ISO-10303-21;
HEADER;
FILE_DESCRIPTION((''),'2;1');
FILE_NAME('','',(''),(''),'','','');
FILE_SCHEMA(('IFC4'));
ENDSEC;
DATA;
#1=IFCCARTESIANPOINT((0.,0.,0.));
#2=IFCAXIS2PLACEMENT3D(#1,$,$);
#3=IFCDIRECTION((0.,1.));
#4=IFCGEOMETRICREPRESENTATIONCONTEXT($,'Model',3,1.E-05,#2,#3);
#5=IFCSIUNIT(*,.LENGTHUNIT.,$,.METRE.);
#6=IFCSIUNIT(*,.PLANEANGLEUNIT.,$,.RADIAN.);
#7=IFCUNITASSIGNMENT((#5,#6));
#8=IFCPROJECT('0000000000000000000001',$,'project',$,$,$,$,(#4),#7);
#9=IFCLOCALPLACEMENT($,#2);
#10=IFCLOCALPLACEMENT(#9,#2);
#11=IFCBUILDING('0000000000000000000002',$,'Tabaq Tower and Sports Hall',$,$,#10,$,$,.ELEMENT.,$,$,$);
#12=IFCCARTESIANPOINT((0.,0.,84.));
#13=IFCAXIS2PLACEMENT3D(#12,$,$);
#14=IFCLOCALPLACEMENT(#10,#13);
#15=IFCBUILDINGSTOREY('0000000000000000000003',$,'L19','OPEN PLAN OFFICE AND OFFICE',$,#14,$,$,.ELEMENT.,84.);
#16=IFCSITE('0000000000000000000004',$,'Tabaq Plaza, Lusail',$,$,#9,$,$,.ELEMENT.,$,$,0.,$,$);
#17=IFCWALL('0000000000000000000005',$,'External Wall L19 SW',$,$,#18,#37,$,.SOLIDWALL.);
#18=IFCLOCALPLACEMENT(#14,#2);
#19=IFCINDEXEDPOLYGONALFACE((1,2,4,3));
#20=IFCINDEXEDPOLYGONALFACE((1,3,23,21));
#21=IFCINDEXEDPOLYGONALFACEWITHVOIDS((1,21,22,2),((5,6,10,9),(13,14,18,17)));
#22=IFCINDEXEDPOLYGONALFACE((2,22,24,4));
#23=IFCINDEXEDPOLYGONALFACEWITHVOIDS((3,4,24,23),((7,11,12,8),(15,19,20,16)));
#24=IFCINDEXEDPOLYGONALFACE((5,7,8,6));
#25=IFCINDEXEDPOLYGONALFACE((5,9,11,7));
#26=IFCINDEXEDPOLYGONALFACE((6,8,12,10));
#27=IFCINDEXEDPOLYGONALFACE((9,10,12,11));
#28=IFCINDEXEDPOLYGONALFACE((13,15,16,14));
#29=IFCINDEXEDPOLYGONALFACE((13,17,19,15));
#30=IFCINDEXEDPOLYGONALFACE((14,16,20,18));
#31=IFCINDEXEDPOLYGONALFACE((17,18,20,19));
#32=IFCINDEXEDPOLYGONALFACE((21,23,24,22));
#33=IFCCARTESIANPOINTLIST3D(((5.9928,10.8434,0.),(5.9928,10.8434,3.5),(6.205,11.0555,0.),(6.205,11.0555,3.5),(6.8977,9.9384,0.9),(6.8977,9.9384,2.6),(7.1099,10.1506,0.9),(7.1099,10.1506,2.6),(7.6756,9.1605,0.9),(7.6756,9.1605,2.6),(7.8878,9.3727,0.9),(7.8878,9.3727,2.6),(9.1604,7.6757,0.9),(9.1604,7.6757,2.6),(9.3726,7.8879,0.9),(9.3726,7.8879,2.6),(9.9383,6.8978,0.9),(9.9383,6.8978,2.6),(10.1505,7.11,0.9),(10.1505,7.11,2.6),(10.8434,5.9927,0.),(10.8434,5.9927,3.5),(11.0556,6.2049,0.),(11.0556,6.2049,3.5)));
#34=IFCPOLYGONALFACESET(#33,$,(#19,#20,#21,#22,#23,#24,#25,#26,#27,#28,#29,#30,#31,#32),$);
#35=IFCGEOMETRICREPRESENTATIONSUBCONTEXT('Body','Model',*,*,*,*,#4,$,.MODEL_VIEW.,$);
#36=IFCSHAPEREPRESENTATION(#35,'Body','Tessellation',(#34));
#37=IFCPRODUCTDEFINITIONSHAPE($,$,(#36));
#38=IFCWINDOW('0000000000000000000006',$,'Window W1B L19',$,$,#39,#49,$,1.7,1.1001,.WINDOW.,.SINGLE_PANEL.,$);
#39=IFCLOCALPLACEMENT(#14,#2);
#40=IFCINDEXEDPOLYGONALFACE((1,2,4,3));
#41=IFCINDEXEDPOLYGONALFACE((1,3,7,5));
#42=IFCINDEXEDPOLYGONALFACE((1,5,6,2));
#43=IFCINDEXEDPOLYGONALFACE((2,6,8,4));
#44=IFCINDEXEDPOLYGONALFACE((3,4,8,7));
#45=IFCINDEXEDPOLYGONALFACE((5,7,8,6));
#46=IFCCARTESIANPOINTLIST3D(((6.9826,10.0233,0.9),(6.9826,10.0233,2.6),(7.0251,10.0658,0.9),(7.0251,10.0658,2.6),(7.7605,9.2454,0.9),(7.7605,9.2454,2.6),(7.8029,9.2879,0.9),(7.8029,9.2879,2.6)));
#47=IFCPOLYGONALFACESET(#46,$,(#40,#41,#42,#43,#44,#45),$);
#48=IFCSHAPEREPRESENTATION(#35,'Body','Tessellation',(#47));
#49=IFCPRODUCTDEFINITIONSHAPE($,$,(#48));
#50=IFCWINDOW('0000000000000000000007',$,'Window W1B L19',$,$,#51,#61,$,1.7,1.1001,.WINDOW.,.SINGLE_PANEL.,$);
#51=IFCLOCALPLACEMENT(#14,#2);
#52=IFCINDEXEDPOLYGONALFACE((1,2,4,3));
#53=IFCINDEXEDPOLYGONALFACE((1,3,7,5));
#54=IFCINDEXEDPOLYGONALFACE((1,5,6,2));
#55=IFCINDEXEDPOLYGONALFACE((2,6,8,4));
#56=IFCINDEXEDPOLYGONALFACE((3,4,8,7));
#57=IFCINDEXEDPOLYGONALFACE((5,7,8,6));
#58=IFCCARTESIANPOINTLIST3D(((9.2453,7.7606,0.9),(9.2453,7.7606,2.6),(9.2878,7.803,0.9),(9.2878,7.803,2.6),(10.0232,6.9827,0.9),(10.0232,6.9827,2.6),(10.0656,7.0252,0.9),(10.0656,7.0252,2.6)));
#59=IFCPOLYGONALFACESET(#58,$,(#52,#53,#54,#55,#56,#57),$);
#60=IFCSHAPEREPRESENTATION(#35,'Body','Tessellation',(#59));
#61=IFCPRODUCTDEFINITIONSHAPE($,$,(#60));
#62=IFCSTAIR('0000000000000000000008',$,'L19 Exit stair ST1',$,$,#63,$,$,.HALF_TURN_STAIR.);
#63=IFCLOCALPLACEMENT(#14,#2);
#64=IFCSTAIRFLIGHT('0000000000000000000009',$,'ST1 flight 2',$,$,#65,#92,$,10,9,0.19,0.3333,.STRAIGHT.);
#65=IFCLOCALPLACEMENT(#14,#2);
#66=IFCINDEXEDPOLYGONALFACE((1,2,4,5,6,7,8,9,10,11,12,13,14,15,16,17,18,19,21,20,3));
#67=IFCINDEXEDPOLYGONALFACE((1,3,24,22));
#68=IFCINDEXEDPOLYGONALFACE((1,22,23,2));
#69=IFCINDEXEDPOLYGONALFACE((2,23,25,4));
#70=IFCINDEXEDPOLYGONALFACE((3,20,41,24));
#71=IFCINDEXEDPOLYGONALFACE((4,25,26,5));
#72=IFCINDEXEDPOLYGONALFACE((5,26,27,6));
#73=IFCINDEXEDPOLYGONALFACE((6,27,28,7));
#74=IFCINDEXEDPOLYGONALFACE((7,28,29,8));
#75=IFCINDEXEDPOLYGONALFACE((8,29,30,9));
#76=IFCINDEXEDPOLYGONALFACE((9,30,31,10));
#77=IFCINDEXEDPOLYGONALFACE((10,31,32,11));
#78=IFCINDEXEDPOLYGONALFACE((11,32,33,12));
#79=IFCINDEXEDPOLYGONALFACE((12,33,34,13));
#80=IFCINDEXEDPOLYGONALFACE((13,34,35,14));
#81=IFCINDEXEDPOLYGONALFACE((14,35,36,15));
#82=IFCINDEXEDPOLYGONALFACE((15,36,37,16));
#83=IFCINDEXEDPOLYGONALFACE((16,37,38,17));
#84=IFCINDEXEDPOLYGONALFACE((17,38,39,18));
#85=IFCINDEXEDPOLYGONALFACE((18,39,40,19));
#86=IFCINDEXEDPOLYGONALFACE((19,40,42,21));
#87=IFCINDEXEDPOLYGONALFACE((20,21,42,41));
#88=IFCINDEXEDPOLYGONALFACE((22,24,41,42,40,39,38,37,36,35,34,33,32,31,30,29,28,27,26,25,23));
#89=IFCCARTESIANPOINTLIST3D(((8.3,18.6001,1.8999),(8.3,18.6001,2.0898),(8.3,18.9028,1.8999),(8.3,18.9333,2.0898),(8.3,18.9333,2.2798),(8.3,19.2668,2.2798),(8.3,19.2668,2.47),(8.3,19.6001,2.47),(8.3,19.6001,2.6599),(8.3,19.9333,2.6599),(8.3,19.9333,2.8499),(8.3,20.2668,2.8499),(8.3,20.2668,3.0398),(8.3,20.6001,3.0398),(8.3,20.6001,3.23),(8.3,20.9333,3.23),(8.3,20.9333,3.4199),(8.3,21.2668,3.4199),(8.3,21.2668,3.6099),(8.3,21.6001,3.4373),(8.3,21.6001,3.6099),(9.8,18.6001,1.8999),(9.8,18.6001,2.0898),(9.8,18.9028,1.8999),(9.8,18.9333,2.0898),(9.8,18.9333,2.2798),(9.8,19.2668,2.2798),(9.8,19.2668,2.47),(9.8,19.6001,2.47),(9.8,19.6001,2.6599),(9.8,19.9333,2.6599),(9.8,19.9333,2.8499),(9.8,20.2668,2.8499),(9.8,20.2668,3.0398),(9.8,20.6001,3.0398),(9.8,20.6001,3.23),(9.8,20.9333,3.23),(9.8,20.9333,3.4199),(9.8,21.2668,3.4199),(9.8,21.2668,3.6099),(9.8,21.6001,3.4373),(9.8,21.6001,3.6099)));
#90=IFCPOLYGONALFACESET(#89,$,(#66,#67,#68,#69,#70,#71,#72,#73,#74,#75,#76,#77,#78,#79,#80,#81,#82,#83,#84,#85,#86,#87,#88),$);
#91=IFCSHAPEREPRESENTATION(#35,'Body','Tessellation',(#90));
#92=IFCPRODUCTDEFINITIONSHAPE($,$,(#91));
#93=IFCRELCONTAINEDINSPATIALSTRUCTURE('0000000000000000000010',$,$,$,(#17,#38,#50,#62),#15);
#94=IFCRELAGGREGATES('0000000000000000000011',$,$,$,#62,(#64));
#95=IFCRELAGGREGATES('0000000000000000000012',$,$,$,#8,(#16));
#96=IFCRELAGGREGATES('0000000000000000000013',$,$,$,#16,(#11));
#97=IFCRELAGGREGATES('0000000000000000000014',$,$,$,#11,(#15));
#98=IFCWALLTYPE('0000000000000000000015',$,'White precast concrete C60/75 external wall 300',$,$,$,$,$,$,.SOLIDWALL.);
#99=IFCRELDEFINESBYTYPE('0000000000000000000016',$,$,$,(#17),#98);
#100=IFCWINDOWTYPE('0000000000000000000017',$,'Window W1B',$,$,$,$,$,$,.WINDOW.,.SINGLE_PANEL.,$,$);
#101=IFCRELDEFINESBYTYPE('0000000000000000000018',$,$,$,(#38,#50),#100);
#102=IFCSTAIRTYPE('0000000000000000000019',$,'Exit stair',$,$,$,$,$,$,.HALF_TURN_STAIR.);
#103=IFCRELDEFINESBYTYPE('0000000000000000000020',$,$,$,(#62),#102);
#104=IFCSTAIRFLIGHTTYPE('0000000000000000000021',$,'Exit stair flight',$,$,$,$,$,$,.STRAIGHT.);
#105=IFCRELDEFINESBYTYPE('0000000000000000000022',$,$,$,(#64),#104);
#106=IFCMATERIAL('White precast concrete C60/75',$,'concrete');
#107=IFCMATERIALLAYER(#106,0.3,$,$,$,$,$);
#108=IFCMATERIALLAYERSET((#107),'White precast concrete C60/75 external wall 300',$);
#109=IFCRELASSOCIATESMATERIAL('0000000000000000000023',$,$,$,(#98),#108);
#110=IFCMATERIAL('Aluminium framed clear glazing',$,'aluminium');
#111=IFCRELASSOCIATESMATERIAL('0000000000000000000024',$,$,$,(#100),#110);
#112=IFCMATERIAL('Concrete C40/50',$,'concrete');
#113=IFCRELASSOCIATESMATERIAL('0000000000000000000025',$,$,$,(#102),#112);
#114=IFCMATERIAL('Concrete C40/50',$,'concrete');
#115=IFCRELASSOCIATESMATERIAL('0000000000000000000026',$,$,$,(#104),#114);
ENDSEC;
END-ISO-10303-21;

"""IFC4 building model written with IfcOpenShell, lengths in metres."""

from ifc_helpers import new_model, si_unit, direction, frame, frame_2d, origin, place, context, subcontext, project, spatial, polyline, rectangle, outline, extrude, material, layer, layer_set, type_object, element, fill, aggregate, save


model = new_model("IFC4")

# Units and contexts
model_context = context("Model", 3, precision=1e-05, world=origin(), true_north=direction((0.0, 1.0)))
body_context = subcontext(model_context, "Body", "Model", "MODEL_VIEW")
ifc_project = project(units=[si_unit("LENGTHUNIT", "METRE"), si_unit("PLANEANGLEUNIT", "RADIAN")], contexts=[model_context])

# Site, building, storey
site_placement = place(None, origin())
site = spatial("IfcSite", under=ifc_project, at=site_placement, Name="Tabaq Plaza, Lusail", CompositionType="ELEMENT", RefElevation=0.0)
building_placement = place(site_placement, origin())
building = spatial("IfcBuilding", under=site, at=building_placement, Name="Tabaq Tower and Sports Hall", CompositionType="ELEMENT")
storey_placement = place(building_placement, frame((0.0, 0.0, 84.0)))
storey = spatial("IfcBuildingStorey", under=building, at=storey_placement, Name="L19", Description="OPEN PLAN OFFICE AND OFFICE", CompositionType="ELEMENT", Elevation=84.0)

# Wall, openings, windows
ifc_material_1 = material(Name="White precast concrete C60/75", Category="concrete")
ifc_layer_1 = layer(ifc_material_1, 0.3)
ifc_layer_set_1 = layer_set([ifc_layer_1], Name="White precast concrete C60/75 external wall 300")
wall_type_1 = type_object("IfcWallType", Name="White precast concrete C60/75 external wall 300", PredefinedType="SOLIDWALL", material=ifc_layer_set_1)
ifc_material_2 = material(Name="Aluminium framed clear glazing", Category="aluminium")
window_type = type_object("IfcWindowType", Name="Window W1B", PartitioningType="SINGLE_PANEL", PredefinedType="WINDOW", material=ifc_material_2)
wall_1_placement = place(storey_placement, frame((6.0989, 10.9495, 0.0), z_axis=(0.0, 0.0, 1.0), x_axis=(0.707107, -0.707107, 0.0)))
wall_1 = element("IfcWall", 1, at=wall_1_placement, inside=storey, type_object=wall_type_1, Name="External Wall L19 SW", PredefinedType="SOLIDWALL", context=body_context, shape_type="SweptSolid", body=[
    extrude(rectangle(XDim=6.8599, YDim=0.3, at=frame_2d((3.4299, 0.0))), origin(), (0.0, 0.0, 1.0), 3.5),
])
opening_1_placement = place(wall_1_placement, frame((1.2798, 0.0, 0.8999)))
opening_1 = element("IfcOpeningElement", 2, at=opening_1_placement, cuts=wall_1, PredefinedType="OPENING", context=body_context, shape_type="SweptSolid", body=[
    extrude(rectangle(XDim=1.1001, YDim=1.7, at=frame_2d((0.55, 0.8501))), frame((0.0, 0.1602, 0.0), z_axis=(0.0, -1.0, 0.0), x_axis=(1.0, 0.0, 0.0)), (0.0, 0.0, 1.0), 0.3201),
])
opening_2_placement = place(wall_1_placement, frame((4.4797, 0.0, 0.8999)))
opening_2 = element("IfcOpeningElement", 3, at=opening_2_placement, cuts=wall_1, PredefinedType="OPENING", context=body_context, shape_type="SweptSolid", body=[
    extrude(rectangle(XDim=1.1001, YDim=1.7, at=frame_2d((0.55, 0.8501))), frame((0.0, 0.1602, 0.0), z_axis=(0.0, -1.0, 0.0), x_axis=(1.0, 0.0, 0.0)), (0.0, 0.0, 1.0), 0.3201),
])
window_1_placement = place(opening_1_placement, origin())
window_1 = element("IfcWindow", 4, at=window_1_placement, inside=storey, type_object=window_type, Name="Window W1B L19", OverallHeight=1.7, OverallWidth=1.1001, PartitioningType="SINGLE_PANEL", PredefinedType="WINDOW", context=body_context, shape_type="SweptSolid", body=[
    extrude(rectangle(XDim=1.1001, YDim=1.7, at=frame_2d((0.55, 0.8501))), frame((0.0, 0.03, 0.0), z_axis=(0.0, -1.0, 0.0), x_axis=(1.0, 0.0, 0.0)), (0.0, 0.0, 1.0), 0.0601),
])
fill(opening_1, window_1)
window_2_placement = place(opening_2_placement, origin())
window_2 = element("IfcWindow", 5, at=window_2_placement, inside=storey, type_object=window_type, Name="Window W1B L19", OverallHeight=1.7, OverallWidth=1.1001, PartitioningType="SINGLE_PANEL", PredefinedType="WINDOW", context=body_context, shape_type="SweptSolid", body=[
    extrude(rectangle(XDim=1.1001, YDim=1.7, at=frame_2d((0.55, 0.8501))), frame((0.0, 0.03, 0.0), z_axis=(0.0, -1.0, 0.0), x_axis=(1.0, 0.0, 0.0)), (0.0, 0.0, 1.0), 0.0601),
])
fill(opening_2, window_2)

# Stair, stair flight
ifc_material_3 = material(Name="Concrete C40/50", Category="concrete")
stair_type = type_object("IfcStairType", Name="Exit stair", PredefinedType="HALF_TURN_STAIR", material=ifc_material_3)
stair_placement = place(storey_placement, origin())
stair = element("IfcStair", 6, at=stair_placement, inside=storey, type_object=stair_type, Name="L19 Exit stair ST1", PredefinedType="HALF_TURN_STAIR")
ifc_material_4 = material(Name="Concrete C40/50", Category="concrete")
stair_flight_type = type_object("IfcStairFlightType", Name="Exit stair flight", PredefinedType="STRAIGHT", material=ifc_material_4)
stair_flight_placement = place(storey_placement, frame((9.05, 18.6001, 1.8999), z_axis=(0.0, 0.0, 1.0), x_axis=(0.0, 1.0, 0.0)))
stair_flight = element("IfcStairFlight", 7, at=stair_flight_placement, type_object=stair_flight_type, Name="ST1 flight 2", NumberOfRisers=10, NumberOfTreads=9, PredefinedType="STRAIGHT", RiserHeight=0.19, TreadLength=0.3333, context=body_context, shape_type="SweptSolid", body=[
    extrude(outline(polyline([(0.0, 0.0), (0.0, 0.1899), (0.3333, 0.1899), (0.3333, 0.3799), (0.6667, 0.3799), (0.6667, 0.5701), (1.0, 0.5701), (1.0, 0.76), (1.3333, 0.76), (1.3333, 0.95), (1.6667, 0.95), (1.6667, 1.1399), (2.0, 1.1399), (2.0, 1.3301), (2.3333, 1.3301), (2.3333, 1.52), (2.6667, 1.52), (2.6667, 1.71), (3.0, 1.71), (3.0, 1.8999), (3.0, 1.5374), (0.3027, 0.0), (0.0, 0.0)])), frame((0.0, 0.75, 0.0), z_axis=(0.0, -1.0, 0.0), x_axis=(1.0, 0.0, 0.0)), (0.0, 0.0, 1.0), 1.5),
])
aggregate(stair, [stair_flight])

save(model, "model.ifc")
